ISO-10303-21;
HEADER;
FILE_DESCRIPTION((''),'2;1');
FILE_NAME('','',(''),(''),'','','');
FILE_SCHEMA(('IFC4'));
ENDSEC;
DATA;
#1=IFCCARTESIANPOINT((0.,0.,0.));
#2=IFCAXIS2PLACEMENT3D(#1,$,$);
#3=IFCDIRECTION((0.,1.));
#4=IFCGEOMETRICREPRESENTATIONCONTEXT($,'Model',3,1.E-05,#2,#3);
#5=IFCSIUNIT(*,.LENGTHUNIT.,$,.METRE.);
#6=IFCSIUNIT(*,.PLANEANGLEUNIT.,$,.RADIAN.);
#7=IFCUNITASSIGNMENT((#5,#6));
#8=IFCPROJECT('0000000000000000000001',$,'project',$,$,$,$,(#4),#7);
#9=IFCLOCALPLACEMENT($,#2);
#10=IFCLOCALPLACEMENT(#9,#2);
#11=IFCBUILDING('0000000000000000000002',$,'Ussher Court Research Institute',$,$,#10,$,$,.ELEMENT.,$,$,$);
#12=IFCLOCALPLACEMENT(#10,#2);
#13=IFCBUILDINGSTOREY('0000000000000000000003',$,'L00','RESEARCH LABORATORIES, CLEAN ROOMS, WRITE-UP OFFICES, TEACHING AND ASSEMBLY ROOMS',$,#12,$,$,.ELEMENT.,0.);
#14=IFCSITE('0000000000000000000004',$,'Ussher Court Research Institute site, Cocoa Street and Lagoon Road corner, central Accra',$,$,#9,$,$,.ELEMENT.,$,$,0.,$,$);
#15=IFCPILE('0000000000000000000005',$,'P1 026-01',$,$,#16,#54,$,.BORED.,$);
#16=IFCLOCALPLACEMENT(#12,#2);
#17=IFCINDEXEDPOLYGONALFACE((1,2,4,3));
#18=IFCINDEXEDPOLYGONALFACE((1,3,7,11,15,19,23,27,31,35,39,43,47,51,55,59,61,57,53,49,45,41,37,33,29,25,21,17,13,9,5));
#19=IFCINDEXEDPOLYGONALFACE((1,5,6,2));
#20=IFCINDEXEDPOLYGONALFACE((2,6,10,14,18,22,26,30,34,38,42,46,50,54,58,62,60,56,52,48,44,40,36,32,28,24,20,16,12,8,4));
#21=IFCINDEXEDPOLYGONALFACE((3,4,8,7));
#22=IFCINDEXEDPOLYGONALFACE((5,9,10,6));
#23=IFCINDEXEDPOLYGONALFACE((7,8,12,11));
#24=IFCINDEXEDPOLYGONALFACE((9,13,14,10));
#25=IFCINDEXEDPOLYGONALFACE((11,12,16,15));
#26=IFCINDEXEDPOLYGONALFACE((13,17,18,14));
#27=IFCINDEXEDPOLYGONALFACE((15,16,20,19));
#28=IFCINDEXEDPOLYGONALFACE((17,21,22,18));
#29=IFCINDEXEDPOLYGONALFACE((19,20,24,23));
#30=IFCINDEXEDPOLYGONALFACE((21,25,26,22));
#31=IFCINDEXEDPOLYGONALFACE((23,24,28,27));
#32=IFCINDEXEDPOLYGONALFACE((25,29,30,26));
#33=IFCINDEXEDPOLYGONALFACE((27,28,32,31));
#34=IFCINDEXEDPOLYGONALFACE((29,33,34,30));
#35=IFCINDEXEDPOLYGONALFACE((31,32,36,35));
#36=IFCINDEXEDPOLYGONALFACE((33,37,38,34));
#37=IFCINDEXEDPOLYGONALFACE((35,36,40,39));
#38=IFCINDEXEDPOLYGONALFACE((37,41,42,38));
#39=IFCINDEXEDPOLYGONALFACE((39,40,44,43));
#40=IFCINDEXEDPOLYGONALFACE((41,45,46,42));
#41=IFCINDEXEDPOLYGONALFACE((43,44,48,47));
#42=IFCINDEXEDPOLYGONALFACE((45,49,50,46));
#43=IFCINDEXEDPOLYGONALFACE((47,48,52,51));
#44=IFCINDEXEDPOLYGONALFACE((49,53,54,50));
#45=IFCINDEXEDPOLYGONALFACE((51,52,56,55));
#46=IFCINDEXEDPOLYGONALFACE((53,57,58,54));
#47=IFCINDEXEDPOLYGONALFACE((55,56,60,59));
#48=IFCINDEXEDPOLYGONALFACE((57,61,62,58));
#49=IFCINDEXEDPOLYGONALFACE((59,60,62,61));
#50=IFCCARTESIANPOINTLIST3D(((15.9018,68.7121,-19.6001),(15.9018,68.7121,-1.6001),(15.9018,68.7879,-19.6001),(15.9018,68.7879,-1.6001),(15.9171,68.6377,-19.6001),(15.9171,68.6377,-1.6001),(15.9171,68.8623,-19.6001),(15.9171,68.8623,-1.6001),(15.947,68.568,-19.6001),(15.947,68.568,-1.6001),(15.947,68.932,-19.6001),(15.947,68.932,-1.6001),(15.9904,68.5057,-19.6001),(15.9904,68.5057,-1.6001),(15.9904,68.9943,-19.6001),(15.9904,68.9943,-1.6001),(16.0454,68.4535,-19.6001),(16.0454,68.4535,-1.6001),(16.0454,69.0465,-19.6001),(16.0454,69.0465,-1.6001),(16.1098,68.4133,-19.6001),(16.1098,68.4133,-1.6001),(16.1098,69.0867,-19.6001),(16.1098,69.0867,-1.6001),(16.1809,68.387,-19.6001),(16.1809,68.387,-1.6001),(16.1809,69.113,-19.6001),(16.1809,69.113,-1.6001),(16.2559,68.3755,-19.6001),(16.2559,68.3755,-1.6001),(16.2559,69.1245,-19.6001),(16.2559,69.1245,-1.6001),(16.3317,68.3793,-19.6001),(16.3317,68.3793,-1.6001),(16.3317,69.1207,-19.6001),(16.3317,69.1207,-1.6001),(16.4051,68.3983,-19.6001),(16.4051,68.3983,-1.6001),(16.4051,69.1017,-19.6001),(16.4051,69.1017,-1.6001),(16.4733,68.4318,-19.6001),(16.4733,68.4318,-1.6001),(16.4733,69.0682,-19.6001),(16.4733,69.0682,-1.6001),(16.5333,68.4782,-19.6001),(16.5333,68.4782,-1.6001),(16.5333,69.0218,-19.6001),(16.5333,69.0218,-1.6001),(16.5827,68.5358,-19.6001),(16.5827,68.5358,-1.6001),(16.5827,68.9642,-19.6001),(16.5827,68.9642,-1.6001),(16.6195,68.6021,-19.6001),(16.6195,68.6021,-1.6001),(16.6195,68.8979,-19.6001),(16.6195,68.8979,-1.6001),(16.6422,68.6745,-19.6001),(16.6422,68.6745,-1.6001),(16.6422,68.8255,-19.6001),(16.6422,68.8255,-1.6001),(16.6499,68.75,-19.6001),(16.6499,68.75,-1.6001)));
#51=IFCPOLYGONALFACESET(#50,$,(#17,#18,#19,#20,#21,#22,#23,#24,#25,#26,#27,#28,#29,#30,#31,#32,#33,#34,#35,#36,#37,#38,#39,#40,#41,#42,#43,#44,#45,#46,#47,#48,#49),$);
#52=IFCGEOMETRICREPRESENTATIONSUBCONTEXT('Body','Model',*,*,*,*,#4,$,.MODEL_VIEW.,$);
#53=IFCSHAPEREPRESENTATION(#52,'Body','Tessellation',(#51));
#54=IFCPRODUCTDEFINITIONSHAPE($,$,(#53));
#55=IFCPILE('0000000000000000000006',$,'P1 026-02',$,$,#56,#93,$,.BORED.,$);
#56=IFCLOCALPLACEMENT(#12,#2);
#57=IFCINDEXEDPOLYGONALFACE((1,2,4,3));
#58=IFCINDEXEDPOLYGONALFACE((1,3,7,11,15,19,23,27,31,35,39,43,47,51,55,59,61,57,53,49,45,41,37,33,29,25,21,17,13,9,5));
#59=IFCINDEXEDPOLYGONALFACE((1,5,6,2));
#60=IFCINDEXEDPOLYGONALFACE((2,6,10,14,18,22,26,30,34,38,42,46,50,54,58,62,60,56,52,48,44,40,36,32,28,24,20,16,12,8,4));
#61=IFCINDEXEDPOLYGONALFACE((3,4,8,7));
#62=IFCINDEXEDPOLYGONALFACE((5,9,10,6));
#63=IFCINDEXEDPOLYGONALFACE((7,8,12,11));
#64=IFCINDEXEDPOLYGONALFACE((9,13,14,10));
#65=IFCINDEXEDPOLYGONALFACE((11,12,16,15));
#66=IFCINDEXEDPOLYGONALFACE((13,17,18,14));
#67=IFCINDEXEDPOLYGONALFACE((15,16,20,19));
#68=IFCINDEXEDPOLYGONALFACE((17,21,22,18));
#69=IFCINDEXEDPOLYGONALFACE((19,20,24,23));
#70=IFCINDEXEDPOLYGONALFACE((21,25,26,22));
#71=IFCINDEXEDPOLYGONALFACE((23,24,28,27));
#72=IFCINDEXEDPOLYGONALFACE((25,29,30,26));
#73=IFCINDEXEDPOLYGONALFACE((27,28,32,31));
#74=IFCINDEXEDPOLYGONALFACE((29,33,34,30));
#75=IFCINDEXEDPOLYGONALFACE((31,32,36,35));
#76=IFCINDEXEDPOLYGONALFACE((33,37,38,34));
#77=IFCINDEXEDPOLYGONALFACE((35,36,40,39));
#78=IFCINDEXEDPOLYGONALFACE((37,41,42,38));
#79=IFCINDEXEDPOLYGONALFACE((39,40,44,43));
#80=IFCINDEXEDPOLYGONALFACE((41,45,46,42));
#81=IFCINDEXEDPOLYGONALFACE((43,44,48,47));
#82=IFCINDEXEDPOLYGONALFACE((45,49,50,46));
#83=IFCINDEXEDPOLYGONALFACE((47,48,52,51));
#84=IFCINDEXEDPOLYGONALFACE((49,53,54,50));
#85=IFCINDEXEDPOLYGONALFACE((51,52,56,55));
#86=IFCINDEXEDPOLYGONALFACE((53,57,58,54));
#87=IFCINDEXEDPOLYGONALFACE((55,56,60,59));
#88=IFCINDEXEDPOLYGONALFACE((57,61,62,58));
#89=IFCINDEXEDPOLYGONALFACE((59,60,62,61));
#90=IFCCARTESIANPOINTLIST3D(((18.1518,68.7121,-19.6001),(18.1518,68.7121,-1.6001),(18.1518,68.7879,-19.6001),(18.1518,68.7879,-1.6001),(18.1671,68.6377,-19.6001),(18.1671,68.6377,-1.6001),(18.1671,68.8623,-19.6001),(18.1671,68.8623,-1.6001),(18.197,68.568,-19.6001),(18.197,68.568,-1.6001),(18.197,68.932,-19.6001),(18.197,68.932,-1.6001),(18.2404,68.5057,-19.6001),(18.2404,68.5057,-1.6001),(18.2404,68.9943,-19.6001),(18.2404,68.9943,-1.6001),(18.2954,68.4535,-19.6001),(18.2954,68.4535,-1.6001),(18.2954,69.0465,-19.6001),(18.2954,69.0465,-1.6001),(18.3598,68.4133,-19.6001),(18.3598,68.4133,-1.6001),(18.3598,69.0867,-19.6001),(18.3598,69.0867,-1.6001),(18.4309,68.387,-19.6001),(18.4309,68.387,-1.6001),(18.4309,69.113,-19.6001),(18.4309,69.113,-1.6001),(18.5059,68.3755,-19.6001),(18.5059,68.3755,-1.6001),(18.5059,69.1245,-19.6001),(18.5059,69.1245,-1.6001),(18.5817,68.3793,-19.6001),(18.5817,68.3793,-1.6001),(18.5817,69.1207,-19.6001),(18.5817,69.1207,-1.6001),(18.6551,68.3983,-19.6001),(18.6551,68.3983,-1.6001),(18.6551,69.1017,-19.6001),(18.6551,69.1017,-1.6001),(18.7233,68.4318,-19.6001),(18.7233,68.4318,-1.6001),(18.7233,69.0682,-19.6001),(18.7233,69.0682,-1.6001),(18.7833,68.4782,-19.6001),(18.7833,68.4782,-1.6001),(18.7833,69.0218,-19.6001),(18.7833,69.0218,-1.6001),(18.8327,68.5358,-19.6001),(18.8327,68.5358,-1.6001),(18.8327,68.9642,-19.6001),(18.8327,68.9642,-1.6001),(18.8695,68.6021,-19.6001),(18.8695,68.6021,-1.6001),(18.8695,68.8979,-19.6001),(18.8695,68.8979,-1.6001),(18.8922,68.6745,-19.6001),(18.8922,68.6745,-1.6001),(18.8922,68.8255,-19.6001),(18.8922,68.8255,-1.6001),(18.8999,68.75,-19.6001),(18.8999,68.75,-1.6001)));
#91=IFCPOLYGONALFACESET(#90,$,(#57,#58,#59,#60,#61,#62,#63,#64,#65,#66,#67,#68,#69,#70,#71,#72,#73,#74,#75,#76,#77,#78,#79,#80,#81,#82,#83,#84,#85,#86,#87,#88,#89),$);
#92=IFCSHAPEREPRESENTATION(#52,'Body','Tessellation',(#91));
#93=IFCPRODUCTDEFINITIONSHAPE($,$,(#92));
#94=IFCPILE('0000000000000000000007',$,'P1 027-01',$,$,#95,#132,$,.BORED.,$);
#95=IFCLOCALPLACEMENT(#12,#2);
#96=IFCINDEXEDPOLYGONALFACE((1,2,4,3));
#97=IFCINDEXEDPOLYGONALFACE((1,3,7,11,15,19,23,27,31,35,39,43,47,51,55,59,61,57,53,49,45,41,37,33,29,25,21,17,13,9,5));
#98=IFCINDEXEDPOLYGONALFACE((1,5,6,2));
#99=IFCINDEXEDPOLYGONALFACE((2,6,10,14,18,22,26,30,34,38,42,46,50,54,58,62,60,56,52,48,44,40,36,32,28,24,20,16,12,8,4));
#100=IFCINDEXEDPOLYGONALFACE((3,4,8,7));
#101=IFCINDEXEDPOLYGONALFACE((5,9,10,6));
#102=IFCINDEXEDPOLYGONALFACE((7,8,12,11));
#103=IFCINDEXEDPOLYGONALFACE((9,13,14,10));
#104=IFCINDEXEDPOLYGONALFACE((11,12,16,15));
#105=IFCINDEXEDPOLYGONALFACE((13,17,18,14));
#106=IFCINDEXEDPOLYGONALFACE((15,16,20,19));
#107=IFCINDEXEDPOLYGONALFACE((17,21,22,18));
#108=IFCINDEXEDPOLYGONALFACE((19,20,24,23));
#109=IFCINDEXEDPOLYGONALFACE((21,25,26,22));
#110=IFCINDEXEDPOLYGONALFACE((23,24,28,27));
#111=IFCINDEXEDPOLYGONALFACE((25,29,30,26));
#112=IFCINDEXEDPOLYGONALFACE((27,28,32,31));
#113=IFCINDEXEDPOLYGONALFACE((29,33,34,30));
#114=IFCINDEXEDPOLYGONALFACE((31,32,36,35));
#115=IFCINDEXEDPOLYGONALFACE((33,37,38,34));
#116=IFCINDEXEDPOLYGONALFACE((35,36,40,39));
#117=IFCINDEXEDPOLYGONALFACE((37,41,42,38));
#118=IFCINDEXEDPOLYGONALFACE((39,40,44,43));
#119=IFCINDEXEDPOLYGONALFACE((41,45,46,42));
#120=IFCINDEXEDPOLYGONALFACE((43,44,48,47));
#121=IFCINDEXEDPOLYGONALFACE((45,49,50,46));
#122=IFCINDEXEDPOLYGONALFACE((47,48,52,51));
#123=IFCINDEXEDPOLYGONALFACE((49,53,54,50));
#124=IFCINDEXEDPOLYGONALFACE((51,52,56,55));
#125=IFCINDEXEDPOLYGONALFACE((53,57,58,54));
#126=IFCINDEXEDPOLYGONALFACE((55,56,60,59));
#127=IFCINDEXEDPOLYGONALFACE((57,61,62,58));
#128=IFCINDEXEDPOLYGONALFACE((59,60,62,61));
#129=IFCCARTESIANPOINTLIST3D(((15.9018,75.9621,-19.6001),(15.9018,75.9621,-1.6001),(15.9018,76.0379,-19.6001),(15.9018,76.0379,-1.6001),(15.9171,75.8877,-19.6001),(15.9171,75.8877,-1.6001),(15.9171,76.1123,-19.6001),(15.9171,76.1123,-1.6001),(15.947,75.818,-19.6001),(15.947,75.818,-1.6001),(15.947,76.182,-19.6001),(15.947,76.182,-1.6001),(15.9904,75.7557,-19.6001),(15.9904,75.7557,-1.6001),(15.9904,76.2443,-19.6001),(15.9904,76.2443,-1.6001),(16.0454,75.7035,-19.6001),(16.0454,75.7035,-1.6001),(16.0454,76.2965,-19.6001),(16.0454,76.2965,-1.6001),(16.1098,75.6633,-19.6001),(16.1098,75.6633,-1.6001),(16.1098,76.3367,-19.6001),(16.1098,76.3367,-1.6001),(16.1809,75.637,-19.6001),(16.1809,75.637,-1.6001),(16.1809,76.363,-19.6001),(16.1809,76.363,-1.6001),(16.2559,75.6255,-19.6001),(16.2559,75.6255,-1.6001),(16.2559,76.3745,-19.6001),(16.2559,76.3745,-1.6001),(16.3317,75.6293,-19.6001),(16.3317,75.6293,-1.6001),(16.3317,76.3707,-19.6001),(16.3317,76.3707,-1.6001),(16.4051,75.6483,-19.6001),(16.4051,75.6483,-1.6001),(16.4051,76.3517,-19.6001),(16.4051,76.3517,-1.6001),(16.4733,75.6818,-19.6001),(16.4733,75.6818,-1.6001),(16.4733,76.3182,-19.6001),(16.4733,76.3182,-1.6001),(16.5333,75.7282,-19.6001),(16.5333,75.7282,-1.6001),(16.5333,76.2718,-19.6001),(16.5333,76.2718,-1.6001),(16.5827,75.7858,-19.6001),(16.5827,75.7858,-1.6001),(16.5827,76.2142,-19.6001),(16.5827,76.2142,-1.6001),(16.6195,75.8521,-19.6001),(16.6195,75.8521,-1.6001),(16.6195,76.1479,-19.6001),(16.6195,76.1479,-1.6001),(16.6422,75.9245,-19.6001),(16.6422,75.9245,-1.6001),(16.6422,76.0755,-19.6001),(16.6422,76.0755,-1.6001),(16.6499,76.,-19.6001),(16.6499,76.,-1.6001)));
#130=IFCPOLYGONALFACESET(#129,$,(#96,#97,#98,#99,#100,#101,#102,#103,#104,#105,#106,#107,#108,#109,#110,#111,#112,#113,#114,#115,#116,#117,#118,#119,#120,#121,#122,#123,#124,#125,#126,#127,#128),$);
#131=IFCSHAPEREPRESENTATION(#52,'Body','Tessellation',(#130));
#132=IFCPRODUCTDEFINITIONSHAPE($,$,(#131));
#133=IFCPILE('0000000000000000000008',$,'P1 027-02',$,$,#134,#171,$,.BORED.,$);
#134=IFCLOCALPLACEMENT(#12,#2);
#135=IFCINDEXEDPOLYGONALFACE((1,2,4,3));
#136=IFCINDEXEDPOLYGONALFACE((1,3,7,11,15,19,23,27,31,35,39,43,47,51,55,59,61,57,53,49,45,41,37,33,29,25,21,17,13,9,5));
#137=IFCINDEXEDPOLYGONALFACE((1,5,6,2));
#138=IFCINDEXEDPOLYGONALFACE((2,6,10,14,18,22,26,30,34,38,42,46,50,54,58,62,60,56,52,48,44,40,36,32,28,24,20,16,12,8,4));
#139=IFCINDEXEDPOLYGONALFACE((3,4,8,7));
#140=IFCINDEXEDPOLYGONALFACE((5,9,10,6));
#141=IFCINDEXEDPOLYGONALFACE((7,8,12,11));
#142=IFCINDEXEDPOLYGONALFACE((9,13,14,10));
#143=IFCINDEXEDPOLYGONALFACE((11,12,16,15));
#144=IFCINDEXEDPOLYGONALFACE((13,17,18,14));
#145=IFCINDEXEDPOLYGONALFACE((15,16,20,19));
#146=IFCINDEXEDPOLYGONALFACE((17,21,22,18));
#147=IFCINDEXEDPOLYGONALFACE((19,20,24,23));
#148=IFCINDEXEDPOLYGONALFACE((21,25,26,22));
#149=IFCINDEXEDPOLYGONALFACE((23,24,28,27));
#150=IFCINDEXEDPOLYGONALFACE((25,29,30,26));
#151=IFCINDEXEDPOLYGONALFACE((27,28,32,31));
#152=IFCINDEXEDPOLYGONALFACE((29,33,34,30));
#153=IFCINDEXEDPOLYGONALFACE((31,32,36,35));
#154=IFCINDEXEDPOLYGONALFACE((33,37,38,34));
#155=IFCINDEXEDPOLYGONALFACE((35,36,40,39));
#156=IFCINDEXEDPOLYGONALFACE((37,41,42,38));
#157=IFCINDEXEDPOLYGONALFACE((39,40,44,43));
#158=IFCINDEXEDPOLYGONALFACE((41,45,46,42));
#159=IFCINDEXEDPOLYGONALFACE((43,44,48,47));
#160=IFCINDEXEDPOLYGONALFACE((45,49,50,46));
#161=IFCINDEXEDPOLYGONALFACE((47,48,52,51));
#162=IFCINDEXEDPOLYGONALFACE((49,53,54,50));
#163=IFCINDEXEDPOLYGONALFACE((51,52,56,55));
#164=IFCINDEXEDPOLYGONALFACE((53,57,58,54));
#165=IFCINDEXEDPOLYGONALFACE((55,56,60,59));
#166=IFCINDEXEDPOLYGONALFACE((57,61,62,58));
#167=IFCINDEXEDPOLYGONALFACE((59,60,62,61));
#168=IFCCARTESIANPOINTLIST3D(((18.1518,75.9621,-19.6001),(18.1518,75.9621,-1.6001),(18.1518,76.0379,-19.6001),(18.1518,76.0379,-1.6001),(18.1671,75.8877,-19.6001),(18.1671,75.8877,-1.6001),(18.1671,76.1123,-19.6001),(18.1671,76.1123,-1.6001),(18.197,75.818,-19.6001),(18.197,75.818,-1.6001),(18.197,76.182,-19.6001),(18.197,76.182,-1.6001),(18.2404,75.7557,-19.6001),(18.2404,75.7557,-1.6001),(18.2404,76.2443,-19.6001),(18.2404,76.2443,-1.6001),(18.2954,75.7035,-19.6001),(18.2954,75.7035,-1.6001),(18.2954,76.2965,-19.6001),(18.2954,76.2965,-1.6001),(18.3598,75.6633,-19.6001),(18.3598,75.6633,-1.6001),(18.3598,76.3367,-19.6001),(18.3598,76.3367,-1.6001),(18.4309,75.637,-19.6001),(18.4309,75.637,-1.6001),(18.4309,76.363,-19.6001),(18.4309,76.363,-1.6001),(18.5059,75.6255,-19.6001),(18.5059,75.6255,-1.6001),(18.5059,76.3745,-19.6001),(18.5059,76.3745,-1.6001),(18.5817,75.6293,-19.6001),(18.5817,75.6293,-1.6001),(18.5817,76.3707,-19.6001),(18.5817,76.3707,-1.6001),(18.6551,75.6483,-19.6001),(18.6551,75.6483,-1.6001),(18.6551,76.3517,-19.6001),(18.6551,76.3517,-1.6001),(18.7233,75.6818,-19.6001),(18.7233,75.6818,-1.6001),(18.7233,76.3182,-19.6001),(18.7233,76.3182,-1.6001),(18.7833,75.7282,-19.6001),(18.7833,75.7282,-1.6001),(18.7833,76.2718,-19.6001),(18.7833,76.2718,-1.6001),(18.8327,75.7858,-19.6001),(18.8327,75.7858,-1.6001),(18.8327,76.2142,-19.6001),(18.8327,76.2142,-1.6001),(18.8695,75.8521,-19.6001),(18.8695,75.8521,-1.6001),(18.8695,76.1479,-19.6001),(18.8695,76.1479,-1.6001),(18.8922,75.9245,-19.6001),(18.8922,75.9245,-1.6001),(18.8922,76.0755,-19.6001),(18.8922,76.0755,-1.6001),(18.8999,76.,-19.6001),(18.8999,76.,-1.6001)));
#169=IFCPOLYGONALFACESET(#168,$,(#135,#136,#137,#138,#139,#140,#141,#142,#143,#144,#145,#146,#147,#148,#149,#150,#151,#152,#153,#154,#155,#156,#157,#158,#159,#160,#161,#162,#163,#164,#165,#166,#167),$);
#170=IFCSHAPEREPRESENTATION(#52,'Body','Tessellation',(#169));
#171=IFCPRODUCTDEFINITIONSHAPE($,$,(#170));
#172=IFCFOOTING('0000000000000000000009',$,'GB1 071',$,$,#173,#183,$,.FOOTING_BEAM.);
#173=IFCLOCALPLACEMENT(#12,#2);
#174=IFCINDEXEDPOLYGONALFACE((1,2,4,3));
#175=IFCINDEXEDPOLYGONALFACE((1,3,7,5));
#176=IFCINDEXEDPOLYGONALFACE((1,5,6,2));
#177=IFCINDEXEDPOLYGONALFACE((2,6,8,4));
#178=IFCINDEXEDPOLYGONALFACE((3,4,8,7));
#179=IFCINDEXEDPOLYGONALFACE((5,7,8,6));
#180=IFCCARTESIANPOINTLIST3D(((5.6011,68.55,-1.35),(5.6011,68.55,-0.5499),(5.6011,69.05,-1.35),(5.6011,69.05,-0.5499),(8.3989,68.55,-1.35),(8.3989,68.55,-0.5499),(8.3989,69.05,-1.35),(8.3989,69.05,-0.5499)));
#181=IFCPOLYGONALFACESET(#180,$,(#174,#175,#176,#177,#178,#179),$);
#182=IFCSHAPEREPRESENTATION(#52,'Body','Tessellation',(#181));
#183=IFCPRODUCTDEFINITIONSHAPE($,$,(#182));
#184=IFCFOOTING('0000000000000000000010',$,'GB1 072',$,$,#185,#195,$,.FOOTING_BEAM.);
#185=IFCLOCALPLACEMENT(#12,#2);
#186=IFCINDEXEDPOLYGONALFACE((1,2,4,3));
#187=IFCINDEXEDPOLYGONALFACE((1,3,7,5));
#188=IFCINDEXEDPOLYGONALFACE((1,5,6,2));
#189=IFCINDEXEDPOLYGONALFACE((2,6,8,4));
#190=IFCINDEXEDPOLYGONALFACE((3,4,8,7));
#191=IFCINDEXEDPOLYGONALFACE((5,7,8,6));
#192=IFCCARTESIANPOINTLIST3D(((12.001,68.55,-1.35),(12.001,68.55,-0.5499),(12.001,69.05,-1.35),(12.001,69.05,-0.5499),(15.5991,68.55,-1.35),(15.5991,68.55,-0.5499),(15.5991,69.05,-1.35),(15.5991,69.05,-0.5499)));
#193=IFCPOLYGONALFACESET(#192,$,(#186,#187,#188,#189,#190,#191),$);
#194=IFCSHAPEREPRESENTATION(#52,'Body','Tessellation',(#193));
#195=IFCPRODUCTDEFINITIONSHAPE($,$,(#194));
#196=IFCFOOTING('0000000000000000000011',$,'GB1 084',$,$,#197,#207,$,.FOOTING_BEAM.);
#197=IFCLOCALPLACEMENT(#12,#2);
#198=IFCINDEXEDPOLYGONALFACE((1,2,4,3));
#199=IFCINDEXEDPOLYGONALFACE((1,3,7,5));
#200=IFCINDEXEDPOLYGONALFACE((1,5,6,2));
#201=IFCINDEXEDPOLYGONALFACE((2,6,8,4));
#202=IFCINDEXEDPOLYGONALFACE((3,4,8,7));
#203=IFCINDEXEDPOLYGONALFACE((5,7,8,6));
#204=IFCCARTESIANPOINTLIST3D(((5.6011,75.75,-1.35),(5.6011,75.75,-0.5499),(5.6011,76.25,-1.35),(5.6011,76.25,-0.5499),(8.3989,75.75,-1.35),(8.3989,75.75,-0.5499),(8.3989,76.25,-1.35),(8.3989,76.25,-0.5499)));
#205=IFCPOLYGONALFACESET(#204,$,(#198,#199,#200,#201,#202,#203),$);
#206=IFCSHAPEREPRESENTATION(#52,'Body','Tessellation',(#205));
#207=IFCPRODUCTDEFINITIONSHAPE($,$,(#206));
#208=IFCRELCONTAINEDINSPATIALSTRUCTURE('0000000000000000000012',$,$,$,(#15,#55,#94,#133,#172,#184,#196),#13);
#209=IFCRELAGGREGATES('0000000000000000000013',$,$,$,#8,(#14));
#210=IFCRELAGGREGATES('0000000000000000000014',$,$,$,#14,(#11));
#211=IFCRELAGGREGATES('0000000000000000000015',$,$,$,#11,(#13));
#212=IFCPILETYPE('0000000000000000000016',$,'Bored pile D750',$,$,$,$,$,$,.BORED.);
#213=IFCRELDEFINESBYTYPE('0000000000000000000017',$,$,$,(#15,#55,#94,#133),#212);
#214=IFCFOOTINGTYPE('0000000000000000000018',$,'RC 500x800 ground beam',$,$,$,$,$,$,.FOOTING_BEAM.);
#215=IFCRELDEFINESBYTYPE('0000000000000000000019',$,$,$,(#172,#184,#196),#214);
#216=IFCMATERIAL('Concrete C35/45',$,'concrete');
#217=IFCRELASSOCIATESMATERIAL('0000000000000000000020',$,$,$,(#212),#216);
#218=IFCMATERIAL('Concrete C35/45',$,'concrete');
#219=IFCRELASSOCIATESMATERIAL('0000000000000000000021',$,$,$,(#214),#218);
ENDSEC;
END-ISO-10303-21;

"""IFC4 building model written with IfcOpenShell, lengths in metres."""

from ifc_helpers import new_model, si_unit, direction, frame, origin, origin_2d, place, context, subcontext, project, spatial, rectangle, circle, extrude, material, material_profile, profile_set, type_object, element, save


model = new_model("IFC4")

# Units and contexts
model_context = context("Model", 3, precision=1e-05, world=origin(), true_north=direction((0.0, 1.0)))
body_context = subcontext(model_context, "Body", "Model", "MODEL_VIEW")
ifc_project = project(units=[si_unit("LENGTHUNIT", "METRE"), si_unit("PLANEANGLEUNIT", "RADIAN")], contexts=[model_context])

# Site, building, storey
site_placement = place(None, origin())
site = spatial("IfcSite", under=ifc_project, at=site_placement, Name="Ussher Court Research Institute site, Cocoa Street and Lagoon Road corner, central Accra", CompositionType="ELEMENT", RefElevation=0.0)
building_placement = place(site_placement, origin())
building = spatial("IfcBuilding", under=site, at=building_placement, Name="Ussher Court Research Institute", CompositionType="ELEMENT")
storey_placement = place(building_placement, origin())
storey = spatial("IfcBuildingStorey", under=building, at=storey_placement, Name="L00", Description="RESEARCH LABORATORIES, CLEAN ROOMS, WRITE-UP OFFICES, TEACHING AND ASSEMBLY ROOMS", CompositionType="ELEMENT", Elevation=0.0)

# Piles
ifc_material_1 = material(Name="Concrete C35/45", Category="concrete")
ifc_material_profile_1 = material_profile(ifc_material_1, circle(Radius=0.375, at=origin_2d()), Name="RC D750")
ifc_profile_set_1 = profile_set([ifc_material_profile_1], Name="Concrete C35/45")
pile_type = type_object("IfcPileType", Name="Bored pile D750", PredefinedType="BORED", material=ifc_profile_set_1)
for number, where, z_axis, x_axis, name in (
    (1, (16.2749, 68.75, -1.6001), (0.0, 0.0, -1.0), (1.0, 0.0, 0.0), "P1 026-01"),
    (2, (18.5249, 68.75, -1.6001), (0.0, 0.0, -1.0), (1.0, 0.0, 0.0), "P1 026-02"),
    (3, (16.2749, 76.0, -1.6001), (0.0, 0.0, -1.0), (1.0, 0.0, 0.0), "P1 027-01"),
    (4, (18.5249, 76.0, -1.6001), (0.0, 0.0, -1.0), (1.0, 0.0, 0.0), "P1 027-02"),
):
    element("IfcPile", number, at=place(storey_placement, frame(where, z_axis=z_axis, x_axis=x_axis)), inside=storey, type_object=pile_type, Name=name, PredefinedType="BORED", context=body_context, shape_type="SweptSolid", body=[
        extrude(circle(Radius=0.375, at=origin_2d()), origin(), (0.0, 0.0, 1.0), 18.0),
    ])

# Footings
ifc_material_2 = material(Name="Concrete C35/45", Category="concrete")
ifc_material_profile_2 = material_profile(ifc_material_2, rectangle(XDim=0.5, YDim=0.8, at=origin_2d()), Name="RC 500x800")
ifc_profile_set_2 = profile_set([ifc_material_profile_2], Name="Concrete C35/45")
footing_type_1 = type_object("IfcFootingType", Name="RC 500x800 ground beam", PredefinedType="FOOTING_BEAM", material=ifc_profile_set_2)
footing_1_placement = place(storey_placement, frame((5.6011, 68.8, -0.95), z_axis=(1.0, 0.0, 0.0), x_axis=(0.0, 1.0, 0.0)))
element("IfcFooting", 5, at=footing_1_placement, inside=storey, type_object=footing_type_1, Name="GB1 071", PredefinedType="FOOTING_BEAM", context=body_context, shape_type="SweptSolid", body=[
    extrude(rectangle(XDim=0.5, YDim=0.8, at=origin_2d()), origin(), (0.0, 0.0, 1.0), 2.7979),
])
footing_2_placement = place(storey_placement, frame((12.001, 68.8, -0.95), z_axis=(1.0, 0.0, 0.0), x_axis=(0.0, 1.0, 0.0)))
element("IfcFooting", 6, at=footing_2_placement, inside=storey, type_object=footing_type_1, Name="GB1 072", PredefinedType="FOOTING_BEAM", context=body_context, shape_type="SweptSolid", body=[
    extrude(rectangle(XDim=0.5, YDim=0.8, at=origin_2d()), origin(), (0.0, 0.0, 1.0), 3.5981),
])
footing_3_placement = place(storey_placement, frame((5.6011, 76.0, -0.95), z_axis=(1.0, 0.0, 0.0), x_axis=(0.0, 1.0, 0.0)))
element("IfcFooting", 7, at=footing_3_placement, inside=storey, type_object=footing_type_1, Name="GB1 084", PredefinedType="FOOTING_BEAM", context=body_context, shape_type="SweptSolid", body=[
    extrude(rectangle(XDim=0.5, YDim=0.8, at=origin_2d()), origin(), (0.0, 0.0, 1.0), 2.7979),
])

save(model, "model.ifc")
